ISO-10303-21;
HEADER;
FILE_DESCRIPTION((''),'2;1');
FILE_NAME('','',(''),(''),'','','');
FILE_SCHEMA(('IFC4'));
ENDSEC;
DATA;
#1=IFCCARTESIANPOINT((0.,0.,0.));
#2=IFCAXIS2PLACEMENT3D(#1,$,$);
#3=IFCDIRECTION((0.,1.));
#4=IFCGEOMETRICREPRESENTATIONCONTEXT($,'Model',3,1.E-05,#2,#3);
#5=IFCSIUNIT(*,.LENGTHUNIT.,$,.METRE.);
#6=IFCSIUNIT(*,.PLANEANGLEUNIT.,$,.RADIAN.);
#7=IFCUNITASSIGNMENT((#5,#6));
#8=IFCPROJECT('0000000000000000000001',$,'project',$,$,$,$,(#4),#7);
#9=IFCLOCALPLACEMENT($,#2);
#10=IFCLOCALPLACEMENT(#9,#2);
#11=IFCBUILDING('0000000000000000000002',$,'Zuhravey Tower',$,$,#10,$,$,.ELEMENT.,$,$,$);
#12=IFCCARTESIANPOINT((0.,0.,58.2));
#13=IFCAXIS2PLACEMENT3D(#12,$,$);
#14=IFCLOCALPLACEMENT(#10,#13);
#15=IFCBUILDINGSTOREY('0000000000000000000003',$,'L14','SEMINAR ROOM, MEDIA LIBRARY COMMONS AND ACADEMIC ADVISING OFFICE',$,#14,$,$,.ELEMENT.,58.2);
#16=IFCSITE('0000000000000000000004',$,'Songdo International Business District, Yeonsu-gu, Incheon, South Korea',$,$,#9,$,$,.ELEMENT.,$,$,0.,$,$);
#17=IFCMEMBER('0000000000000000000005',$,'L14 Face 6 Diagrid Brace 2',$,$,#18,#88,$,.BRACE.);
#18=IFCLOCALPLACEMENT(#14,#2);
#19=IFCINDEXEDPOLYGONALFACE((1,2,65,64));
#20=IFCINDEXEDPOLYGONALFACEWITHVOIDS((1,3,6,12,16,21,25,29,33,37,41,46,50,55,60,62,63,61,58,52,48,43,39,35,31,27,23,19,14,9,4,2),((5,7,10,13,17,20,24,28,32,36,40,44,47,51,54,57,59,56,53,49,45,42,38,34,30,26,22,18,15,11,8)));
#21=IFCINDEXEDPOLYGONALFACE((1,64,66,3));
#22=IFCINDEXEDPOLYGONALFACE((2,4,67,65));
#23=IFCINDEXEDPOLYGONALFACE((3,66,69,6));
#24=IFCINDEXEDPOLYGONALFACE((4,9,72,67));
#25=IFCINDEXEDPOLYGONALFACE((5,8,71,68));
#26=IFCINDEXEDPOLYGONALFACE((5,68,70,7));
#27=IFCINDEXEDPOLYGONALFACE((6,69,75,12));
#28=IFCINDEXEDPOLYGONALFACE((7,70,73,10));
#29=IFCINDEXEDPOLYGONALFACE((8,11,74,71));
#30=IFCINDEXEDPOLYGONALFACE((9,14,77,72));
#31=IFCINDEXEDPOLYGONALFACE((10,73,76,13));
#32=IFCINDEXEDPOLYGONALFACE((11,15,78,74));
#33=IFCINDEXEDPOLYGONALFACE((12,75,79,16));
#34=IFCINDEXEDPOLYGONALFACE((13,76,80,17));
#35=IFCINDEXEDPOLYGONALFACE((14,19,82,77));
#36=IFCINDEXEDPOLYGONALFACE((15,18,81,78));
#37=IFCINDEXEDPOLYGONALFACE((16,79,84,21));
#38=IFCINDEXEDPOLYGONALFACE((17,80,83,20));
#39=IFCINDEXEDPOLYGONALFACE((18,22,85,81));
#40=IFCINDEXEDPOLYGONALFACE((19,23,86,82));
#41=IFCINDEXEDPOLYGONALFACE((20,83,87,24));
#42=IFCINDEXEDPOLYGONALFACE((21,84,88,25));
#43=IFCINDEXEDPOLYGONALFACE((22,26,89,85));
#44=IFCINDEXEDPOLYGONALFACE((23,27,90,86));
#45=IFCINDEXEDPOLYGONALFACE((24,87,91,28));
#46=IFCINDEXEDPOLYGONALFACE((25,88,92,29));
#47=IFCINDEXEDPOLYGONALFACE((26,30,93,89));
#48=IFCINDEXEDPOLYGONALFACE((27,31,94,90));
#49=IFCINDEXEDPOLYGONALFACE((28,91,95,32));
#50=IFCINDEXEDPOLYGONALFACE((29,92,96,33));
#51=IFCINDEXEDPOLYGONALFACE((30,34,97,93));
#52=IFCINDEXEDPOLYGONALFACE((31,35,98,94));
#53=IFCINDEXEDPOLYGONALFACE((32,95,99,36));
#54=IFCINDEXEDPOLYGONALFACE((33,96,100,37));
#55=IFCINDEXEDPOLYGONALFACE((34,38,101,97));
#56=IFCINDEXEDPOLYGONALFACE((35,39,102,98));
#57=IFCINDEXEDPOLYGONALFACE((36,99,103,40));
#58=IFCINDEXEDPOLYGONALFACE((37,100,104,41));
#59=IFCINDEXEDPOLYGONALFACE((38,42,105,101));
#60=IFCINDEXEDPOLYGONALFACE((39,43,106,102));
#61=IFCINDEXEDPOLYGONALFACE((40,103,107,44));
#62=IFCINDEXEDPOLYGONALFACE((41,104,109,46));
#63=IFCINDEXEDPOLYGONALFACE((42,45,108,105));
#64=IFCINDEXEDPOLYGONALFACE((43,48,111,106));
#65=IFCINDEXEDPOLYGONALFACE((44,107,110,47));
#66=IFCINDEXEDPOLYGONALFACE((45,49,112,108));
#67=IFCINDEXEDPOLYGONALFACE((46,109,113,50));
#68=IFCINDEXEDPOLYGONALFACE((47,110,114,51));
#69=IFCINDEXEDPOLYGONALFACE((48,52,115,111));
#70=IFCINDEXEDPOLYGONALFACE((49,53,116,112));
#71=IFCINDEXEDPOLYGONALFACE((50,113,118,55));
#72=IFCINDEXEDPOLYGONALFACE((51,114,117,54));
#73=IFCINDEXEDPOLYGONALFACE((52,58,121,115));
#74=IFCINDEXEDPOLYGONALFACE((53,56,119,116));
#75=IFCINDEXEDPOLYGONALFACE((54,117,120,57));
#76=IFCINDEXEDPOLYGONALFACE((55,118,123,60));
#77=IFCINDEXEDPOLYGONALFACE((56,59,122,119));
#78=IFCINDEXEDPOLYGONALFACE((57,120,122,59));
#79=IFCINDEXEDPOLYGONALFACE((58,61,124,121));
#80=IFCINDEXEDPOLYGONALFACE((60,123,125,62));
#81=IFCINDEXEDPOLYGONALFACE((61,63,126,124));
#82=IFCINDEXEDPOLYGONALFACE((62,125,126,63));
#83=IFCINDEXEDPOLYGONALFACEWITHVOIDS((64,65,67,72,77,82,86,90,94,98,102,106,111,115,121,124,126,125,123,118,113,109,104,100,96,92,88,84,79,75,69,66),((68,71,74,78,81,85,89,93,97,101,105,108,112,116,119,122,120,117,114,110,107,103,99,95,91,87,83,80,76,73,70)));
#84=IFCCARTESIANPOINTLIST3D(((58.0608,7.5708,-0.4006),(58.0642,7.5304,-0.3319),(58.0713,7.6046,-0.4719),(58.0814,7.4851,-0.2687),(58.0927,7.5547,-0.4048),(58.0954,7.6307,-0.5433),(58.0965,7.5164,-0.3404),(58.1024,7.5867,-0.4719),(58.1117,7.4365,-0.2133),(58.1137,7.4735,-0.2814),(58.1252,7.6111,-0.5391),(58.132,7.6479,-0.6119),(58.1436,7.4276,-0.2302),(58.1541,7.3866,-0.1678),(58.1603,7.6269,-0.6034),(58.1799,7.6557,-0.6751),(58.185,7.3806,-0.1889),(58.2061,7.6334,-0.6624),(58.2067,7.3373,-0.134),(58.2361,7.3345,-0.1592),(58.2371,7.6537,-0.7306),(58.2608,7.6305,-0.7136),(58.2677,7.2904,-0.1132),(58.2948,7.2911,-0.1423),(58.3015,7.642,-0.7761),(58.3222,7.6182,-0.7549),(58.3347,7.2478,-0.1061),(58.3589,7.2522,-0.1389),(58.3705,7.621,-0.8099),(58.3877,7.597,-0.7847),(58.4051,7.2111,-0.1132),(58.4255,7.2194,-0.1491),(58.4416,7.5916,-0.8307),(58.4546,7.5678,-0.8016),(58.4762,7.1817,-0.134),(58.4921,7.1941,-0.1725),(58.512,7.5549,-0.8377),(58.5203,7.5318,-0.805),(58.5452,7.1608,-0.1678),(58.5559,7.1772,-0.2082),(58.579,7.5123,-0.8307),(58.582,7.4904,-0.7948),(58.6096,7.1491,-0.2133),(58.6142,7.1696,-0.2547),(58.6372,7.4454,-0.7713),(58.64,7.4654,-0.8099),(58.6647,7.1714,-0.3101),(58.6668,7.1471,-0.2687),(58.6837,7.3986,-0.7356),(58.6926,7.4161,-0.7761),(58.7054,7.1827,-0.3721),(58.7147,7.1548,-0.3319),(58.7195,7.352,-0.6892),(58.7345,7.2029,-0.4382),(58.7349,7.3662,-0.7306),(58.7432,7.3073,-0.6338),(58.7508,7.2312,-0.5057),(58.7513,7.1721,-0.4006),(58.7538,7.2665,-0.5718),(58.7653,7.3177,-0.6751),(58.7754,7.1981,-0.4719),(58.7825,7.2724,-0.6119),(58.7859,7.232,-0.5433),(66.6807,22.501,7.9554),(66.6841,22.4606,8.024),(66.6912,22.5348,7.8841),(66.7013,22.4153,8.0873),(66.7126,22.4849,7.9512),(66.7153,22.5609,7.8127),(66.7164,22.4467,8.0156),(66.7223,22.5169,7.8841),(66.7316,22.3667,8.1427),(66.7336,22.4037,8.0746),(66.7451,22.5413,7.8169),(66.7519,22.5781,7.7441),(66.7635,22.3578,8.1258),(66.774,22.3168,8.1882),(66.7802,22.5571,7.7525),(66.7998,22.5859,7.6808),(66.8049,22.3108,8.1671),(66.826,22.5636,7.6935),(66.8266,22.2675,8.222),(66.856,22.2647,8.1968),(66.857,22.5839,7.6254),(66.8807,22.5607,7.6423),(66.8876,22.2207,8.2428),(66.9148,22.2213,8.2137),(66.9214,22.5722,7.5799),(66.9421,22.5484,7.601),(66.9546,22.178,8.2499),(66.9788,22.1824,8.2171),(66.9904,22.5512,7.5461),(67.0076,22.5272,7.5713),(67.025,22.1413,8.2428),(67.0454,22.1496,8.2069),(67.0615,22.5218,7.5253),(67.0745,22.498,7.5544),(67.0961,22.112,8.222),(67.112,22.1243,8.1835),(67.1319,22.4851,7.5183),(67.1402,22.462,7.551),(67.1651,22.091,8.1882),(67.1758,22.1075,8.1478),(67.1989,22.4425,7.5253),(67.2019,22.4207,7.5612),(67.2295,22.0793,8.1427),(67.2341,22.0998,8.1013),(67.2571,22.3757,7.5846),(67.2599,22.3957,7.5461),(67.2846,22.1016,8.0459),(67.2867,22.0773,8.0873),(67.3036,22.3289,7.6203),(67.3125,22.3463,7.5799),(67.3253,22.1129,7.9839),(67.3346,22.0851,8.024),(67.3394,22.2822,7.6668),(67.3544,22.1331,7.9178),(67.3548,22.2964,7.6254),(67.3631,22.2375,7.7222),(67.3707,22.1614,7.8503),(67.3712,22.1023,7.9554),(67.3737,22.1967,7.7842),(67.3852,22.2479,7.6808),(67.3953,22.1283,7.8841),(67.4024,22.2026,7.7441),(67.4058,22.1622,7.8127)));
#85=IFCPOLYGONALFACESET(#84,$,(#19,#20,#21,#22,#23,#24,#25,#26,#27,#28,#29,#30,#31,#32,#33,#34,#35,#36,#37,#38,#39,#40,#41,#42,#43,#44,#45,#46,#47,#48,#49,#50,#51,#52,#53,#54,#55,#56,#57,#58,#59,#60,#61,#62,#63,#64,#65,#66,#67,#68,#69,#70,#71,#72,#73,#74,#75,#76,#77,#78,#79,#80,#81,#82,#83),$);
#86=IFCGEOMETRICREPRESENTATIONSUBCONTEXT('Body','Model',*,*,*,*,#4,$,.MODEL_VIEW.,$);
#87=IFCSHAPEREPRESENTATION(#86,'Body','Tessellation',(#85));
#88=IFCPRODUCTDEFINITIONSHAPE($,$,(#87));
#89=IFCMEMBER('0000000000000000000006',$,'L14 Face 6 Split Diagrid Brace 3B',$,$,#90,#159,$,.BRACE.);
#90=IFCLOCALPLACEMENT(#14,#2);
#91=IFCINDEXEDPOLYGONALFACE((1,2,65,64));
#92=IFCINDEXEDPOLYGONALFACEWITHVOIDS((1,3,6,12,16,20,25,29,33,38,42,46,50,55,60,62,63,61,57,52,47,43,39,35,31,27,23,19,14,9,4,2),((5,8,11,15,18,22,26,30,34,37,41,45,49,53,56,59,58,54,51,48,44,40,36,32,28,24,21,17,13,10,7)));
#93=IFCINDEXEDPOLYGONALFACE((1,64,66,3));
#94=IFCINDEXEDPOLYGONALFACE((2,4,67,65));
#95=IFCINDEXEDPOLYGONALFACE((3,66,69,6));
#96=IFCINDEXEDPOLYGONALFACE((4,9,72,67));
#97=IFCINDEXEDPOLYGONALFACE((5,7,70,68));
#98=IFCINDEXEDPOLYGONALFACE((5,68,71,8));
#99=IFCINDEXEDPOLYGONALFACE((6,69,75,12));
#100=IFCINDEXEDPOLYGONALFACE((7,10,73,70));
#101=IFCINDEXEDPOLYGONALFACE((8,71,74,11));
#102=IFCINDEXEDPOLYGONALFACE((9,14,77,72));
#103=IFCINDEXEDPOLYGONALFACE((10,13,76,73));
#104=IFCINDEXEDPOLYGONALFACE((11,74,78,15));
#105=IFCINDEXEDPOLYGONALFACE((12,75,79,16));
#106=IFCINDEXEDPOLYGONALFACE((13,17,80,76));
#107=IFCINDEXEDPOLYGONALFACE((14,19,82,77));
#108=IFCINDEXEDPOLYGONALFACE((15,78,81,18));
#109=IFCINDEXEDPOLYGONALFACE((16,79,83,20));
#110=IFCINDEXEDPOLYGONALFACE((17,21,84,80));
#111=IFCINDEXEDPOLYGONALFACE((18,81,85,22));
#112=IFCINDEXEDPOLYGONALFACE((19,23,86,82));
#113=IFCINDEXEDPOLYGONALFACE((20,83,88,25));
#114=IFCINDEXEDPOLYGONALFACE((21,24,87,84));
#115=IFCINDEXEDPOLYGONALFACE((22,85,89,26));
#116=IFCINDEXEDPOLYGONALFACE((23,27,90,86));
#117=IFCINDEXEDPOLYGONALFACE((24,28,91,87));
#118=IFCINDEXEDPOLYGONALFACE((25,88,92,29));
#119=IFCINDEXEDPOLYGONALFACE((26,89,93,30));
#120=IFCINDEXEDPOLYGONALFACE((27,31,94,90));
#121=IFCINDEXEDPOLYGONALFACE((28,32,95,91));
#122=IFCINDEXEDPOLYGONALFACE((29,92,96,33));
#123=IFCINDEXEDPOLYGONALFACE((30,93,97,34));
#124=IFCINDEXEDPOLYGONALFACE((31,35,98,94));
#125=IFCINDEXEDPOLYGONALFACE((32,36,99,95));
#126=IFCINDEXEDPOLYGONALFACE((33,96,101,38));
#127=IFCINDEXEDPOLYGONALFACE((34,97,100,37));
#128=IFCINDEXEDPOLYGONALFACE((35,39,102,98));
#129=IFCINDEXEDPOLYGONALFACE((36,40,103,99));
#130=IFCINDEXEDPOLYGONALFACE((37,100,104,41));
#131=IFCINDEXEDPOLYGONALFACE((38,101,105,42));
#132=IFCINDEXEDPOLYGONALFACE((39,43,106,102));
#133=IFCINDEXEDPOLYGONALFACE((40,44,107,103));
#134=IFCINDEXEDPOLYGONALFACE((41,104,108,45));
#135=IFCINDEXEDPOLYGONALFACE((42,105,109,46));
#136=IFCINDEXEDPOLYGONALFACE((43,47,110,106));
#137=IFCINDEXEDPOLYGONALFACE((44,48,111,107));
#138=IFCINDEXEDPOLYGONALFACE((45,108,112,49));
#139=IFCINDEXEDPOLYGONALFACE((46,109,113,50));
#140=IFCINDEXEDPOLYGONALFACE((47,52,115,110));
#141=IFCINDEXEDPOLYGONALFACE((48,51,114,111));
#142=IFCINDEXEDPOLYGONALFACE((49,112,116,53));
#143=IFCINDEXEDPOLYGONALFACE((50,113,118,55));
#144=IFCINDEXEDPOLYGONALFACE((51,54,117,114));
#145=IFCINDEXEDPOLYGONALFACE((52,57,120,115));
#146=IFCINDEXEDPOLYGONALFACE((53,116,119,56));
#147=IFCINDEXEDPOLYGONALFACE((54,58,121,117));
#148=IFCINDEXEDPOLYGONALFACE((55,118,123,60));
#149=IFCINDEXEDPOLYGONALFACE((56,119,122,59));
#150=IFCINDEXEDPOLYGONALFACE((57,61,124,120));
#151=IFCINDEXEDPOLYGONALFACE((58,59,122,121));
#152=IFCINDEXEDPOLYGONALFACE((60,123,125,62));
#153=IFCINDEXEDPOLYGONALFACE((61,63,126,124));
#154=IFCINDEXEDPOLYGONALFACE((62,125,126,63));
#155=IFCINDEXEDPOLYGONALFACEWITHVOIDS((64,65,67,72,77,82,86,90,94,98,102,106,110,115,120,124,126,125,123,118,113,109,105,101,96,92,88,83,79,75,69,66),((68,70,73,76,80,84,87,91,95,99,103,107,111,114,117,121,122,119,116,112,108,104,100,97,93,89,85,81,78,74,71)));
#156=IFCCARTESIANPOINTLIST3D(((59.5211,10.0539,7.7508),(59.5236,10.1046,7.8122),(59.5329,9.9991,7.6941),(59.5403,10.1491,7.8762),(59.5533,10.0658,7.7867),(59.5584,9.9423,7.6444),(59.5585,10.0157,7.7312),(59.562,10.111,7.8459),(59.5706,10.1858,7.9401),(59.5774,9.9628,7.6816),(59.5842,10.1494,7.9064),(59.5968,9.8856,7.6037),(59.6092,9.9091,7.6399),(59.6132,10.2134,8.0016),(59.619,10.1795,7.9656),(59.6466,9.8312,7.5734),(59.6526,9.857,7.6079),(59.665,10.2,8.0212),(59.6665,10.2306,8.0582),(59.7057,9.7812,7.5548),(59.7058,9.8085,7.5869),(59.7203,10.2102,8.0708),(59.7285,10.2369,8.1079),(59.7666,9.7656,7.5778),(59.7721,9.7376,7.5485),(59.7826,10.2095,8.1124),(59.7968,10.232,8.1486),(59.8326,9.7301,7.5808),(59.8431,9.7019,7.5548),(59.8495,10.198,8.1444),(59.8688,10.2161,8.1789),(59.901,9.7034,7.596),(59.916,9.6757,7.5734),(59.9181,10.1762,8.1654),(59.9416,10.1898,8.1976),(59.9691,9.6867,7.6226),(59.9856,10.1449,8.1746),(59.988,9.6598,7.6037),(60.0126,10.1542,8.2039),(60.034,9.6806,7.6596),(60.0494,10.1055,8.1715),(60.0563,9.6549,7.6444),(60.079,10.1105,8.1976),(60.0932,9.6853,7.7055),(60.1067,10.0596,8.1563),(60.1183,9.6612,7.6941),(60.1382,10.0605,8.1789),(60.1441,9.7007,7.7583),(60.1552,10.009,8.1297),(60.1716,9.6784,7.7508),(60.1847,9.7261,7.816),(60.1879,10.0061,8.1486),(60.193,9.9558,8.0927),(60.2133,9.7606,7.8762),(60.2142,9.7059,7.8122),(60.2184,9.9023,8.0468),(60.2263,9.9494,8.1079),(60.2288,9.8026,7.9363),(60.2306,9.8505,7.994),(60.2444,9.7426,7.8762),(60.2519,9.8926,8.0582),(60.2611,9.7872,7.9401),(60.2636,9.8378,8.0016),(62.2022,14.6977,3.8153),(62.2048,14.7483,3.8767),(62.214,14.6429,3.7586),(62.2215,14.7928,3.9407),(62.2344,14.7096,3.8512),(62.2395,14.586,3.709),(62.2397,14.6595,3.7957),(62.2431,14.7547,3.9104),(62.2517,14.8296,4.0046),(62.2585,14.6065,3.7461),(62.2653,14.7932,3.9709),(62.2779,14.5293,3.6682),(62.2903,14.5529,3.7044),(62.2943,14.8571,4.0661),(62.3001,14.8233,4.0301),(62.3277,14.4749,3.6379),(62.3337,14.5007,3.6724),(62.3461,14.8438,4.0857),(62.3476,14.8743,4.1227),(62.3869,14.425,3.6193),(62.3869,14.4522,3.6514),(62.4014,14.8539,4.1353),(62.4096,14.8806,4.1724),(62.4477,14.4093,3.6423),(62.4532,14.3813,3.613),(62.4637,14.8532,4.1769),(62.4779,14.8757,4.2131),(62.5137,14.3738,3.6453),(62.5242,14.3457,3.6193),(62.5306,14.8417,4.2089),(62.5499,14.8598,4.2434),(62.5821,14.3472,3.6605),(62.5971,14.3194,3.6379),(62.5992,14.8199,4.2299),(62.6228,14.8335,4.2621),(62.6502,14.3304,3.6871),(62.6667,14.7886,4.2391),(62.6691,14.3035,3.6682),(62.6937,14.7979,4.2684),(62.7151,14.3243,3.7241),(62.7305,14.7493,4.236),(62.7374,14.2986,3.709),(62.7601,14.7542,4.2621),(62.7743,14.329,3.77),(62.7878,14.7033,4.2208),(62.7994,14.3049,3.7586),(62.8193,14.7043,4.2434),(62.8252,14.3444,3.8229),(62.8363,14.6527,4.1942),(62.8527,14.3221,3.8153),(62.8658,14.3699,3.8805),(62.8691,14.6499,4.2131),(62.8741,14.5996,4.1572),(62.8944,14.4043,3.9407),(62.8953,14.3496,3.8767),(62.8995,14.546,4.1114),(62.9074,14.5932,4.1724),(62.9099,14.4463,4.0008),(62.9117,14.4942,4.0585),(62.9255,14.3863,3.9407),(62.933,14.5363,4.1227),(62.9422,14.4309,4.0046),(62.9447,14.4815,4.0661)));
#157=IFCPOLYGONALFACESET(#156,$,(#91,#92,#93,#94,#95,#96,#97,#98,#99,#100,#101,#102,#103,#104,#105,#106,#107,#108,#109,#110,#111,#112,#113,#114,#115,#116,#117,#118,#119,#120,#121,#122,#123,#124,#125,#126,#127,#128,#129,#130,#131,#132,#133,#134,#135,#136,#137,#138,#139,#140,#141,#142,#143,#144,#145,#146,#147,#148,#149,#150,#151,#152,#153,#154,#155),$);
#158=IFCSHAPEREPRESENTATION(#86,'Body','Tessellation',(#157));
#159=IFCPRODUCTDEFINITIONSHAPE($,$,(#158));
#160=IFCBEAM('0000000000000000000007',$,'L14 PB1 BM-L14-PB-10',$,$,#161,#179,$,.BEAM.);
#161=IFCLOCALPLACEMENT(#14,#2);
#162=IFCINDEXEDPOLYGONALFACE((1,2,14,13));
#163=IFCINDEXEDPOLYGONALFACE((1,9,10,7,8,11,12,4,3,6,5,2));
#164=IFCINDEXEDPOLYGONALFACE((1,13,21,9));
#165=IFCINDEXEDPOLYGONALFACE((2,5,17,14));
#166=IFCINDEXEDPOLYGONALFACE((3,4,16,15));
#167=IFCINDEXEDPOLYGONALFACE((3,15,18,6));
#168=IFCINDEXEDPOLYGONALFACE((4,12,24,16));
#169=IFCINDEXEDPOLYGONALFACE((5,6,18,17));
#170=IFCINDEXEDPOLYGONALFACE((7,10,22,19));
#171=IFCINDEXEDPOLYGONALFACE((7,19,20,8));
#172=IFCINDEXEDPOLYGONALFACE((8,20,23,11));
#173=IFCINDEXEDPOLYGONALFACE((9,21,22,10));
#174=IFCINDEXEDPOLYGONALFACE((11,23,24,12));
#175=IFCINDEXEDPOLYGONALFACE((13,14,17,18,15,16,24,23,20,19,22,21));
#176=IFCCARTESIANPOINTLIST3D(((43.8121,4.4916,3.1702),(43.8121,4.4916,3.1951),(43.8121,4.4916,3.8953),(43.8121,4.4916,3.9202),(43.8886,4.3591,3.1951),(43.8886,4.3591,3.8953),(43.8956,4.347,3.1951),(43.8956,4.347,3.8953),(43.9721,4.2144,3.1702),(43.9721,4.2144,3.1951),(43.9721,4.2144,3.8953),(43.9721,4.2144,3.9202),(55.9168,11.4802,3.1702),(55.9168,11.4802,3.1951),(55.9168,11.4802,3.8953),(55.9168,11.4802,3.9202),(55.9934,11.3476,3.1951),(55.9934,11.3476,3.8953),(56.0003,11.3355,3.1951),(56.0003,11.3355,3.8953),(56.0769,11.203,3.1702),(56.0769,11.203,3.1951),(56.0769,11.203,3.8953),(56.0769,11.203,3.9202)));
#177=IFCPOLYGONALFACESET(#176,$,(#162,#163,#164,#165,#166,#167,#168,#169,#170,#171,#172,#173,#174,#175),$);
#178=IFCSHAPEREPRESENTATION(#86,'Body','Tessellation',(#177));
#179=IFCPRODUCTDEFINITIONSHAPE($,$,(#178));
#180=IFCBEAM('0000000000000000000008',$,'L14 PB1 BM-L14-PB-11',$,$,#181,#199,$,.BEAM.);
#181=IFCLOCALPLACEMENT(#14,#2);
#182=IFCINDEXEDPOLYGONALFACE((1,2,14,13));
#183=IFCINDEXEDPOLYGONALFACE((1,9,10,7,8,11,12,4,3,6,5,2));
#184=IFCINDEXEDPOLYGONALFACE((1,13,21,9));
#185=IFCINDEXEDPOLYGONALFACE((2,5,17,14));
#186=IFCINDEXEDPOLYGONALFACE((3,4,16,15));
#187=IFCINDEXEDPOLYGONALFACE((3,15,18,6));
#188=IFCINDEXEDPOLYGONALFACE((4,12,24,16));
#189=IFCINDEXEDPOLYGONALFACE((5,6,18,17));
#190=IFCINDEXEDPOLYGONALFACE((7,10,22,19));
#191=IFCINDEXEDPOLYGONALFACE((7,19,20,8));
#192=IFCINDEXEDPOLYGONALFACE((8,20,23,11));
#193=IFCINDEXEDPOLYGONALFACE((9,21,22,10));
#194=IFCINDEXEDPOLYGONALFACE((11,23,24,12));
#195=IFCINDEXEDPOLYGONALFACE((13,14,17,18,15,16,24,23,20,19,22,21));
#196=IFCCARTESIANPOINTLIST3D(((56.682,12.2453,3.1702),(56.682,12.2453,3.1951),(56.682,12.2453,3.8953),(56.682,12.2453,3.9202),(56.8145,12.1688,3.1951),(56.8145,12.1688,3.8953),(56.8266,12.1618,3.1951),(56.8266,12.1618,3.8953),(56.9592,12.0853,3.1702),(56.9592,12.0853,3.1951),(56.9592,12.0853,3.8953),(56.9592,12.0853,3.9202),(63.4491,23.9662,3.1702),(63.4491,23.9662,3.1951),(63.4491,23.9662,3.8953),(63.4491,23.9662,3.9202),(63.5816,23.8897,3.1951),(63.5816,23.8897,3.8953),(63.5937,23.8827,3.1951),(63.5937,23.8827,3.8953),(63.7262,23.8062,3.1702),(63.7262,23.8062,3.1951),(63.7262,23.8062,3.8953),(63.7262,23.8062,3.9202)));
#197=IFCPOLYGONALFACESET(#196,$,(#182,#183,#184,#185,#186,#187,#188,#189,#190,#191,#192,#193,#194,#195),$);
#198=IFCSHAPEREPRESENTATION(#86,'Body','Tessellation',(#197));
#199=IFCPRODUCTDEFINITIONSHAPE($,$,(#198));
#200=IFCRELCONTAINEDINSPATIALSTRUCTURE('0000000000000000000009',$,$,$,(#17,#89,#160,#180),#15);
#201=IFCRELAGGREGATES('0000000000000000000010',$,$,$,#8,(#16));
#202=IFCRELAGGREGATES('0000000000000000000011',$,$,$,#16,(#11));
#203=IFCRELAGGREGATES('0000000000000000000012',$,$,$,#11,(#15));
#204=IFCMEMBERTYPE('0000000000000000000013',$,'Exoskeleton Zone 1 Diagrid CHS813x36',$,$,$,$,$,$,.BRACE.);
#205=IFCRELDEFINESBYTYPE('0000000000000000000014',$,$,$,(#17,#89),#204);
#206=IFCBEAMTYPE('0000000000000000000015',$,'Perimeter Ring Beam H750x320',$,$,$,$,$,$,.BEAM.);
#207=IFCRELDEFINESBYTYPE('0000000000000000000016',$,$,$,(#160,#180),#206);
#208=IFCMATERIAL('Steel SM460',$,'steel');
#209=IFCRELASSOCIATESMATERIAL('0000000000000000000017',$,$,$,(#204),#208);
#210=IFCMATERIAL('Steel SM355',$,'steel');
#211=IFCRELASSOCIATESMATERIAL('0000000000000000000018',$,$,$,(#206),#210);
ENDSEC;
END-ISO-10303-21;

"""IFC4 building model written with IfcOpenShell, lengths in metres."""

from ifc_helpers import new_model, si_unit, direction, frame, origin, origin_2d, place, context, subcontext, project, spatial, hollow_circle, i_section, extrude, material, material_profile, profile_set, type_object, element, save


model = new_model("IFC4")

# Units and contexts
model_context = context("Model", 3, precision=1e-05, world=origin(), true_north=direction((0.0, 1.0)))
body_context = subcontext(model_context, "Body", "Model", "MODEL_VIEW")
ifc_project = project(units=[si_unit("LENGTHUNIT", "METRE"), si_unit("PLANEANGLEUNIT", "RADIAN")], contexts=[model_context])

# Site, building, storey
site_placement = place(None, origin())
site = spatial("IfcSite", under=ifc_project, at=site_placement, Name="Songdo International Business District, Yeonsu-gu, Incheon, South Korea", CompositionType="ELEMENT", RefElevation=0.0)
building_placement = place(site_placement, origin())
building = spatial("IfcBuilding", under=site, at=building_placement, Name="Zuhravey Tower", CompositionType="ELEMENT")
storey_placement = place(building_placement, frame((0.0, 0.0, 58.2)))
storey = spatial("IfcBuildingStorey", under=building, at=storey_placement, Name="L14", Description="SEMINAR ROOM, MEDIA LIBRARY COMMONS AND ACADEMIC ADVISING OFFICE", CompositionType="ELEMENT", Elevation=58.2)

# Members
ifc_material_1 = material(Name="Steel SM355", Category="steel")
ifc_material_2 = material(Name="Steel SM460", Category="steel")
ifc_material_profile_1 = material_profile(ifc_material_2, hollow_circle(Radius=0.4065, WallThickness=0.0359, at=origin_2d()), Name="CHS-812.8x36")
ifc_profile_set_1 = profile_set([ifc_material_profile_1], Name="Steel SM460")
member_type_1 = type_object("IfcMemberType", Name="Exoskeleton Zone 1 Diagrid CHS813x36", PredefinedType="BRACE", material=ifc_profile_set_1)
member_1_placement = place(storey_placement, frame((58.4233, 7.4014, -0.4719), z_axis=(0.449933, 0.779312, 0.436157), x_axis=(-0.866027, 0.499997, 0.0)))
element("IfcMember", 1, at=member_1_placement, inside=storey, type_object=member_type_1, Name="L14 Face 6 Diagrid Brace 2", PredefinedType="BRACE", context=body_context, shape_type="SweptSolid", body=[
    extrude(hollow_circle(Radius=0.4065, WallThickness=0.0359, at=origin_2d()), origin(), (0.0, 0.0, 1.0), 19.1582),
])
member_2_placement = place(storey_placement, frame((62.5735, 14.5896, 3.9407), z_axis=(-0.403092, -0.698162, 0.591681), x_axis=(0.866021, -0.500008, 0.0)))
element("IfcMember", 2, at=member_2_placement, inside=storey, type_object=member_type_1, Name="L14 Face 6 Split Diagrid Brace 3B", PredefinedType="BRACE", context=body_context, shape_type="SweptSolid", body=[
    extrude(hollow_circle(Radius=0.4065, WallThickness=0.0359, at=origin_2d()), origin(), (0.0, 0.0, 1.0), 6.6514),
])

# Beams
ifc_material_profile_2 = material_profile(ifc_material_1, i_section(OverallWidth=0.3201, OverallDepth=0.75, WebThickness=0.0139, FlangeThickness=0.0249, at=origin_2d()), Name="H-750x320x14x25")
ifc_profile_set_2 = profile_set([ifc_material_profile_2], Name="Steel SM355")
beam_type_1 = type_object("IfcBeamType", Name="Perimeter Ring Beam H750x320", PredefinedType="BEAM", material=ifc_profile_set_2)
beam_1_placement = place(storey_placement, frame((43.8921, 4.353, 3.5452), z_axis=(0.86603, 0.499992, 0.0), x_axis=(-0.499992, 0.86603, 0.0)))
element("IfcBeam", 3, at=beam_1_placement, inside=storey, type_object=beam_type_1, Name="L14 PB1 BM-L14-PB-10", PredefinedType="BEAM", context=body_context, shape_type="SweptSolid", body=[
    extrude(i_section(OverallWidth=0.3201, OverallDepth=0.75, WebThickness=0.0139, FlangeThickness=0.0249, at=origin_2d()), origin(), (0.0, 0.0, 1.0), 13.9773),
])
beam_2_placement = place(storey_placement, frame((56.8206, 12.1653, 3.5452), z_axis=(0.5, 0.866025, 0.0), x_axis=(-0.866025, 0.5, 0.0)))
element("IfcBeam", 4, at=beam_2_placement, inside=storey, type_object=beam_type_1, Name="L14 PB1 BM-L14-PB-11", PredefinedType="BEAM", context=body_context, shape_type="SweptSolid", body=[
    extrude(i_section(OverallWidth=0.3201, OverallDepth=0.75, WebThickness=0.0139, FlangeThickness=0.0249, at=origin_2d()), origin(), (0.0, 0.0, 1.0), 13.5342),
])

save(model, "model.ifc")
